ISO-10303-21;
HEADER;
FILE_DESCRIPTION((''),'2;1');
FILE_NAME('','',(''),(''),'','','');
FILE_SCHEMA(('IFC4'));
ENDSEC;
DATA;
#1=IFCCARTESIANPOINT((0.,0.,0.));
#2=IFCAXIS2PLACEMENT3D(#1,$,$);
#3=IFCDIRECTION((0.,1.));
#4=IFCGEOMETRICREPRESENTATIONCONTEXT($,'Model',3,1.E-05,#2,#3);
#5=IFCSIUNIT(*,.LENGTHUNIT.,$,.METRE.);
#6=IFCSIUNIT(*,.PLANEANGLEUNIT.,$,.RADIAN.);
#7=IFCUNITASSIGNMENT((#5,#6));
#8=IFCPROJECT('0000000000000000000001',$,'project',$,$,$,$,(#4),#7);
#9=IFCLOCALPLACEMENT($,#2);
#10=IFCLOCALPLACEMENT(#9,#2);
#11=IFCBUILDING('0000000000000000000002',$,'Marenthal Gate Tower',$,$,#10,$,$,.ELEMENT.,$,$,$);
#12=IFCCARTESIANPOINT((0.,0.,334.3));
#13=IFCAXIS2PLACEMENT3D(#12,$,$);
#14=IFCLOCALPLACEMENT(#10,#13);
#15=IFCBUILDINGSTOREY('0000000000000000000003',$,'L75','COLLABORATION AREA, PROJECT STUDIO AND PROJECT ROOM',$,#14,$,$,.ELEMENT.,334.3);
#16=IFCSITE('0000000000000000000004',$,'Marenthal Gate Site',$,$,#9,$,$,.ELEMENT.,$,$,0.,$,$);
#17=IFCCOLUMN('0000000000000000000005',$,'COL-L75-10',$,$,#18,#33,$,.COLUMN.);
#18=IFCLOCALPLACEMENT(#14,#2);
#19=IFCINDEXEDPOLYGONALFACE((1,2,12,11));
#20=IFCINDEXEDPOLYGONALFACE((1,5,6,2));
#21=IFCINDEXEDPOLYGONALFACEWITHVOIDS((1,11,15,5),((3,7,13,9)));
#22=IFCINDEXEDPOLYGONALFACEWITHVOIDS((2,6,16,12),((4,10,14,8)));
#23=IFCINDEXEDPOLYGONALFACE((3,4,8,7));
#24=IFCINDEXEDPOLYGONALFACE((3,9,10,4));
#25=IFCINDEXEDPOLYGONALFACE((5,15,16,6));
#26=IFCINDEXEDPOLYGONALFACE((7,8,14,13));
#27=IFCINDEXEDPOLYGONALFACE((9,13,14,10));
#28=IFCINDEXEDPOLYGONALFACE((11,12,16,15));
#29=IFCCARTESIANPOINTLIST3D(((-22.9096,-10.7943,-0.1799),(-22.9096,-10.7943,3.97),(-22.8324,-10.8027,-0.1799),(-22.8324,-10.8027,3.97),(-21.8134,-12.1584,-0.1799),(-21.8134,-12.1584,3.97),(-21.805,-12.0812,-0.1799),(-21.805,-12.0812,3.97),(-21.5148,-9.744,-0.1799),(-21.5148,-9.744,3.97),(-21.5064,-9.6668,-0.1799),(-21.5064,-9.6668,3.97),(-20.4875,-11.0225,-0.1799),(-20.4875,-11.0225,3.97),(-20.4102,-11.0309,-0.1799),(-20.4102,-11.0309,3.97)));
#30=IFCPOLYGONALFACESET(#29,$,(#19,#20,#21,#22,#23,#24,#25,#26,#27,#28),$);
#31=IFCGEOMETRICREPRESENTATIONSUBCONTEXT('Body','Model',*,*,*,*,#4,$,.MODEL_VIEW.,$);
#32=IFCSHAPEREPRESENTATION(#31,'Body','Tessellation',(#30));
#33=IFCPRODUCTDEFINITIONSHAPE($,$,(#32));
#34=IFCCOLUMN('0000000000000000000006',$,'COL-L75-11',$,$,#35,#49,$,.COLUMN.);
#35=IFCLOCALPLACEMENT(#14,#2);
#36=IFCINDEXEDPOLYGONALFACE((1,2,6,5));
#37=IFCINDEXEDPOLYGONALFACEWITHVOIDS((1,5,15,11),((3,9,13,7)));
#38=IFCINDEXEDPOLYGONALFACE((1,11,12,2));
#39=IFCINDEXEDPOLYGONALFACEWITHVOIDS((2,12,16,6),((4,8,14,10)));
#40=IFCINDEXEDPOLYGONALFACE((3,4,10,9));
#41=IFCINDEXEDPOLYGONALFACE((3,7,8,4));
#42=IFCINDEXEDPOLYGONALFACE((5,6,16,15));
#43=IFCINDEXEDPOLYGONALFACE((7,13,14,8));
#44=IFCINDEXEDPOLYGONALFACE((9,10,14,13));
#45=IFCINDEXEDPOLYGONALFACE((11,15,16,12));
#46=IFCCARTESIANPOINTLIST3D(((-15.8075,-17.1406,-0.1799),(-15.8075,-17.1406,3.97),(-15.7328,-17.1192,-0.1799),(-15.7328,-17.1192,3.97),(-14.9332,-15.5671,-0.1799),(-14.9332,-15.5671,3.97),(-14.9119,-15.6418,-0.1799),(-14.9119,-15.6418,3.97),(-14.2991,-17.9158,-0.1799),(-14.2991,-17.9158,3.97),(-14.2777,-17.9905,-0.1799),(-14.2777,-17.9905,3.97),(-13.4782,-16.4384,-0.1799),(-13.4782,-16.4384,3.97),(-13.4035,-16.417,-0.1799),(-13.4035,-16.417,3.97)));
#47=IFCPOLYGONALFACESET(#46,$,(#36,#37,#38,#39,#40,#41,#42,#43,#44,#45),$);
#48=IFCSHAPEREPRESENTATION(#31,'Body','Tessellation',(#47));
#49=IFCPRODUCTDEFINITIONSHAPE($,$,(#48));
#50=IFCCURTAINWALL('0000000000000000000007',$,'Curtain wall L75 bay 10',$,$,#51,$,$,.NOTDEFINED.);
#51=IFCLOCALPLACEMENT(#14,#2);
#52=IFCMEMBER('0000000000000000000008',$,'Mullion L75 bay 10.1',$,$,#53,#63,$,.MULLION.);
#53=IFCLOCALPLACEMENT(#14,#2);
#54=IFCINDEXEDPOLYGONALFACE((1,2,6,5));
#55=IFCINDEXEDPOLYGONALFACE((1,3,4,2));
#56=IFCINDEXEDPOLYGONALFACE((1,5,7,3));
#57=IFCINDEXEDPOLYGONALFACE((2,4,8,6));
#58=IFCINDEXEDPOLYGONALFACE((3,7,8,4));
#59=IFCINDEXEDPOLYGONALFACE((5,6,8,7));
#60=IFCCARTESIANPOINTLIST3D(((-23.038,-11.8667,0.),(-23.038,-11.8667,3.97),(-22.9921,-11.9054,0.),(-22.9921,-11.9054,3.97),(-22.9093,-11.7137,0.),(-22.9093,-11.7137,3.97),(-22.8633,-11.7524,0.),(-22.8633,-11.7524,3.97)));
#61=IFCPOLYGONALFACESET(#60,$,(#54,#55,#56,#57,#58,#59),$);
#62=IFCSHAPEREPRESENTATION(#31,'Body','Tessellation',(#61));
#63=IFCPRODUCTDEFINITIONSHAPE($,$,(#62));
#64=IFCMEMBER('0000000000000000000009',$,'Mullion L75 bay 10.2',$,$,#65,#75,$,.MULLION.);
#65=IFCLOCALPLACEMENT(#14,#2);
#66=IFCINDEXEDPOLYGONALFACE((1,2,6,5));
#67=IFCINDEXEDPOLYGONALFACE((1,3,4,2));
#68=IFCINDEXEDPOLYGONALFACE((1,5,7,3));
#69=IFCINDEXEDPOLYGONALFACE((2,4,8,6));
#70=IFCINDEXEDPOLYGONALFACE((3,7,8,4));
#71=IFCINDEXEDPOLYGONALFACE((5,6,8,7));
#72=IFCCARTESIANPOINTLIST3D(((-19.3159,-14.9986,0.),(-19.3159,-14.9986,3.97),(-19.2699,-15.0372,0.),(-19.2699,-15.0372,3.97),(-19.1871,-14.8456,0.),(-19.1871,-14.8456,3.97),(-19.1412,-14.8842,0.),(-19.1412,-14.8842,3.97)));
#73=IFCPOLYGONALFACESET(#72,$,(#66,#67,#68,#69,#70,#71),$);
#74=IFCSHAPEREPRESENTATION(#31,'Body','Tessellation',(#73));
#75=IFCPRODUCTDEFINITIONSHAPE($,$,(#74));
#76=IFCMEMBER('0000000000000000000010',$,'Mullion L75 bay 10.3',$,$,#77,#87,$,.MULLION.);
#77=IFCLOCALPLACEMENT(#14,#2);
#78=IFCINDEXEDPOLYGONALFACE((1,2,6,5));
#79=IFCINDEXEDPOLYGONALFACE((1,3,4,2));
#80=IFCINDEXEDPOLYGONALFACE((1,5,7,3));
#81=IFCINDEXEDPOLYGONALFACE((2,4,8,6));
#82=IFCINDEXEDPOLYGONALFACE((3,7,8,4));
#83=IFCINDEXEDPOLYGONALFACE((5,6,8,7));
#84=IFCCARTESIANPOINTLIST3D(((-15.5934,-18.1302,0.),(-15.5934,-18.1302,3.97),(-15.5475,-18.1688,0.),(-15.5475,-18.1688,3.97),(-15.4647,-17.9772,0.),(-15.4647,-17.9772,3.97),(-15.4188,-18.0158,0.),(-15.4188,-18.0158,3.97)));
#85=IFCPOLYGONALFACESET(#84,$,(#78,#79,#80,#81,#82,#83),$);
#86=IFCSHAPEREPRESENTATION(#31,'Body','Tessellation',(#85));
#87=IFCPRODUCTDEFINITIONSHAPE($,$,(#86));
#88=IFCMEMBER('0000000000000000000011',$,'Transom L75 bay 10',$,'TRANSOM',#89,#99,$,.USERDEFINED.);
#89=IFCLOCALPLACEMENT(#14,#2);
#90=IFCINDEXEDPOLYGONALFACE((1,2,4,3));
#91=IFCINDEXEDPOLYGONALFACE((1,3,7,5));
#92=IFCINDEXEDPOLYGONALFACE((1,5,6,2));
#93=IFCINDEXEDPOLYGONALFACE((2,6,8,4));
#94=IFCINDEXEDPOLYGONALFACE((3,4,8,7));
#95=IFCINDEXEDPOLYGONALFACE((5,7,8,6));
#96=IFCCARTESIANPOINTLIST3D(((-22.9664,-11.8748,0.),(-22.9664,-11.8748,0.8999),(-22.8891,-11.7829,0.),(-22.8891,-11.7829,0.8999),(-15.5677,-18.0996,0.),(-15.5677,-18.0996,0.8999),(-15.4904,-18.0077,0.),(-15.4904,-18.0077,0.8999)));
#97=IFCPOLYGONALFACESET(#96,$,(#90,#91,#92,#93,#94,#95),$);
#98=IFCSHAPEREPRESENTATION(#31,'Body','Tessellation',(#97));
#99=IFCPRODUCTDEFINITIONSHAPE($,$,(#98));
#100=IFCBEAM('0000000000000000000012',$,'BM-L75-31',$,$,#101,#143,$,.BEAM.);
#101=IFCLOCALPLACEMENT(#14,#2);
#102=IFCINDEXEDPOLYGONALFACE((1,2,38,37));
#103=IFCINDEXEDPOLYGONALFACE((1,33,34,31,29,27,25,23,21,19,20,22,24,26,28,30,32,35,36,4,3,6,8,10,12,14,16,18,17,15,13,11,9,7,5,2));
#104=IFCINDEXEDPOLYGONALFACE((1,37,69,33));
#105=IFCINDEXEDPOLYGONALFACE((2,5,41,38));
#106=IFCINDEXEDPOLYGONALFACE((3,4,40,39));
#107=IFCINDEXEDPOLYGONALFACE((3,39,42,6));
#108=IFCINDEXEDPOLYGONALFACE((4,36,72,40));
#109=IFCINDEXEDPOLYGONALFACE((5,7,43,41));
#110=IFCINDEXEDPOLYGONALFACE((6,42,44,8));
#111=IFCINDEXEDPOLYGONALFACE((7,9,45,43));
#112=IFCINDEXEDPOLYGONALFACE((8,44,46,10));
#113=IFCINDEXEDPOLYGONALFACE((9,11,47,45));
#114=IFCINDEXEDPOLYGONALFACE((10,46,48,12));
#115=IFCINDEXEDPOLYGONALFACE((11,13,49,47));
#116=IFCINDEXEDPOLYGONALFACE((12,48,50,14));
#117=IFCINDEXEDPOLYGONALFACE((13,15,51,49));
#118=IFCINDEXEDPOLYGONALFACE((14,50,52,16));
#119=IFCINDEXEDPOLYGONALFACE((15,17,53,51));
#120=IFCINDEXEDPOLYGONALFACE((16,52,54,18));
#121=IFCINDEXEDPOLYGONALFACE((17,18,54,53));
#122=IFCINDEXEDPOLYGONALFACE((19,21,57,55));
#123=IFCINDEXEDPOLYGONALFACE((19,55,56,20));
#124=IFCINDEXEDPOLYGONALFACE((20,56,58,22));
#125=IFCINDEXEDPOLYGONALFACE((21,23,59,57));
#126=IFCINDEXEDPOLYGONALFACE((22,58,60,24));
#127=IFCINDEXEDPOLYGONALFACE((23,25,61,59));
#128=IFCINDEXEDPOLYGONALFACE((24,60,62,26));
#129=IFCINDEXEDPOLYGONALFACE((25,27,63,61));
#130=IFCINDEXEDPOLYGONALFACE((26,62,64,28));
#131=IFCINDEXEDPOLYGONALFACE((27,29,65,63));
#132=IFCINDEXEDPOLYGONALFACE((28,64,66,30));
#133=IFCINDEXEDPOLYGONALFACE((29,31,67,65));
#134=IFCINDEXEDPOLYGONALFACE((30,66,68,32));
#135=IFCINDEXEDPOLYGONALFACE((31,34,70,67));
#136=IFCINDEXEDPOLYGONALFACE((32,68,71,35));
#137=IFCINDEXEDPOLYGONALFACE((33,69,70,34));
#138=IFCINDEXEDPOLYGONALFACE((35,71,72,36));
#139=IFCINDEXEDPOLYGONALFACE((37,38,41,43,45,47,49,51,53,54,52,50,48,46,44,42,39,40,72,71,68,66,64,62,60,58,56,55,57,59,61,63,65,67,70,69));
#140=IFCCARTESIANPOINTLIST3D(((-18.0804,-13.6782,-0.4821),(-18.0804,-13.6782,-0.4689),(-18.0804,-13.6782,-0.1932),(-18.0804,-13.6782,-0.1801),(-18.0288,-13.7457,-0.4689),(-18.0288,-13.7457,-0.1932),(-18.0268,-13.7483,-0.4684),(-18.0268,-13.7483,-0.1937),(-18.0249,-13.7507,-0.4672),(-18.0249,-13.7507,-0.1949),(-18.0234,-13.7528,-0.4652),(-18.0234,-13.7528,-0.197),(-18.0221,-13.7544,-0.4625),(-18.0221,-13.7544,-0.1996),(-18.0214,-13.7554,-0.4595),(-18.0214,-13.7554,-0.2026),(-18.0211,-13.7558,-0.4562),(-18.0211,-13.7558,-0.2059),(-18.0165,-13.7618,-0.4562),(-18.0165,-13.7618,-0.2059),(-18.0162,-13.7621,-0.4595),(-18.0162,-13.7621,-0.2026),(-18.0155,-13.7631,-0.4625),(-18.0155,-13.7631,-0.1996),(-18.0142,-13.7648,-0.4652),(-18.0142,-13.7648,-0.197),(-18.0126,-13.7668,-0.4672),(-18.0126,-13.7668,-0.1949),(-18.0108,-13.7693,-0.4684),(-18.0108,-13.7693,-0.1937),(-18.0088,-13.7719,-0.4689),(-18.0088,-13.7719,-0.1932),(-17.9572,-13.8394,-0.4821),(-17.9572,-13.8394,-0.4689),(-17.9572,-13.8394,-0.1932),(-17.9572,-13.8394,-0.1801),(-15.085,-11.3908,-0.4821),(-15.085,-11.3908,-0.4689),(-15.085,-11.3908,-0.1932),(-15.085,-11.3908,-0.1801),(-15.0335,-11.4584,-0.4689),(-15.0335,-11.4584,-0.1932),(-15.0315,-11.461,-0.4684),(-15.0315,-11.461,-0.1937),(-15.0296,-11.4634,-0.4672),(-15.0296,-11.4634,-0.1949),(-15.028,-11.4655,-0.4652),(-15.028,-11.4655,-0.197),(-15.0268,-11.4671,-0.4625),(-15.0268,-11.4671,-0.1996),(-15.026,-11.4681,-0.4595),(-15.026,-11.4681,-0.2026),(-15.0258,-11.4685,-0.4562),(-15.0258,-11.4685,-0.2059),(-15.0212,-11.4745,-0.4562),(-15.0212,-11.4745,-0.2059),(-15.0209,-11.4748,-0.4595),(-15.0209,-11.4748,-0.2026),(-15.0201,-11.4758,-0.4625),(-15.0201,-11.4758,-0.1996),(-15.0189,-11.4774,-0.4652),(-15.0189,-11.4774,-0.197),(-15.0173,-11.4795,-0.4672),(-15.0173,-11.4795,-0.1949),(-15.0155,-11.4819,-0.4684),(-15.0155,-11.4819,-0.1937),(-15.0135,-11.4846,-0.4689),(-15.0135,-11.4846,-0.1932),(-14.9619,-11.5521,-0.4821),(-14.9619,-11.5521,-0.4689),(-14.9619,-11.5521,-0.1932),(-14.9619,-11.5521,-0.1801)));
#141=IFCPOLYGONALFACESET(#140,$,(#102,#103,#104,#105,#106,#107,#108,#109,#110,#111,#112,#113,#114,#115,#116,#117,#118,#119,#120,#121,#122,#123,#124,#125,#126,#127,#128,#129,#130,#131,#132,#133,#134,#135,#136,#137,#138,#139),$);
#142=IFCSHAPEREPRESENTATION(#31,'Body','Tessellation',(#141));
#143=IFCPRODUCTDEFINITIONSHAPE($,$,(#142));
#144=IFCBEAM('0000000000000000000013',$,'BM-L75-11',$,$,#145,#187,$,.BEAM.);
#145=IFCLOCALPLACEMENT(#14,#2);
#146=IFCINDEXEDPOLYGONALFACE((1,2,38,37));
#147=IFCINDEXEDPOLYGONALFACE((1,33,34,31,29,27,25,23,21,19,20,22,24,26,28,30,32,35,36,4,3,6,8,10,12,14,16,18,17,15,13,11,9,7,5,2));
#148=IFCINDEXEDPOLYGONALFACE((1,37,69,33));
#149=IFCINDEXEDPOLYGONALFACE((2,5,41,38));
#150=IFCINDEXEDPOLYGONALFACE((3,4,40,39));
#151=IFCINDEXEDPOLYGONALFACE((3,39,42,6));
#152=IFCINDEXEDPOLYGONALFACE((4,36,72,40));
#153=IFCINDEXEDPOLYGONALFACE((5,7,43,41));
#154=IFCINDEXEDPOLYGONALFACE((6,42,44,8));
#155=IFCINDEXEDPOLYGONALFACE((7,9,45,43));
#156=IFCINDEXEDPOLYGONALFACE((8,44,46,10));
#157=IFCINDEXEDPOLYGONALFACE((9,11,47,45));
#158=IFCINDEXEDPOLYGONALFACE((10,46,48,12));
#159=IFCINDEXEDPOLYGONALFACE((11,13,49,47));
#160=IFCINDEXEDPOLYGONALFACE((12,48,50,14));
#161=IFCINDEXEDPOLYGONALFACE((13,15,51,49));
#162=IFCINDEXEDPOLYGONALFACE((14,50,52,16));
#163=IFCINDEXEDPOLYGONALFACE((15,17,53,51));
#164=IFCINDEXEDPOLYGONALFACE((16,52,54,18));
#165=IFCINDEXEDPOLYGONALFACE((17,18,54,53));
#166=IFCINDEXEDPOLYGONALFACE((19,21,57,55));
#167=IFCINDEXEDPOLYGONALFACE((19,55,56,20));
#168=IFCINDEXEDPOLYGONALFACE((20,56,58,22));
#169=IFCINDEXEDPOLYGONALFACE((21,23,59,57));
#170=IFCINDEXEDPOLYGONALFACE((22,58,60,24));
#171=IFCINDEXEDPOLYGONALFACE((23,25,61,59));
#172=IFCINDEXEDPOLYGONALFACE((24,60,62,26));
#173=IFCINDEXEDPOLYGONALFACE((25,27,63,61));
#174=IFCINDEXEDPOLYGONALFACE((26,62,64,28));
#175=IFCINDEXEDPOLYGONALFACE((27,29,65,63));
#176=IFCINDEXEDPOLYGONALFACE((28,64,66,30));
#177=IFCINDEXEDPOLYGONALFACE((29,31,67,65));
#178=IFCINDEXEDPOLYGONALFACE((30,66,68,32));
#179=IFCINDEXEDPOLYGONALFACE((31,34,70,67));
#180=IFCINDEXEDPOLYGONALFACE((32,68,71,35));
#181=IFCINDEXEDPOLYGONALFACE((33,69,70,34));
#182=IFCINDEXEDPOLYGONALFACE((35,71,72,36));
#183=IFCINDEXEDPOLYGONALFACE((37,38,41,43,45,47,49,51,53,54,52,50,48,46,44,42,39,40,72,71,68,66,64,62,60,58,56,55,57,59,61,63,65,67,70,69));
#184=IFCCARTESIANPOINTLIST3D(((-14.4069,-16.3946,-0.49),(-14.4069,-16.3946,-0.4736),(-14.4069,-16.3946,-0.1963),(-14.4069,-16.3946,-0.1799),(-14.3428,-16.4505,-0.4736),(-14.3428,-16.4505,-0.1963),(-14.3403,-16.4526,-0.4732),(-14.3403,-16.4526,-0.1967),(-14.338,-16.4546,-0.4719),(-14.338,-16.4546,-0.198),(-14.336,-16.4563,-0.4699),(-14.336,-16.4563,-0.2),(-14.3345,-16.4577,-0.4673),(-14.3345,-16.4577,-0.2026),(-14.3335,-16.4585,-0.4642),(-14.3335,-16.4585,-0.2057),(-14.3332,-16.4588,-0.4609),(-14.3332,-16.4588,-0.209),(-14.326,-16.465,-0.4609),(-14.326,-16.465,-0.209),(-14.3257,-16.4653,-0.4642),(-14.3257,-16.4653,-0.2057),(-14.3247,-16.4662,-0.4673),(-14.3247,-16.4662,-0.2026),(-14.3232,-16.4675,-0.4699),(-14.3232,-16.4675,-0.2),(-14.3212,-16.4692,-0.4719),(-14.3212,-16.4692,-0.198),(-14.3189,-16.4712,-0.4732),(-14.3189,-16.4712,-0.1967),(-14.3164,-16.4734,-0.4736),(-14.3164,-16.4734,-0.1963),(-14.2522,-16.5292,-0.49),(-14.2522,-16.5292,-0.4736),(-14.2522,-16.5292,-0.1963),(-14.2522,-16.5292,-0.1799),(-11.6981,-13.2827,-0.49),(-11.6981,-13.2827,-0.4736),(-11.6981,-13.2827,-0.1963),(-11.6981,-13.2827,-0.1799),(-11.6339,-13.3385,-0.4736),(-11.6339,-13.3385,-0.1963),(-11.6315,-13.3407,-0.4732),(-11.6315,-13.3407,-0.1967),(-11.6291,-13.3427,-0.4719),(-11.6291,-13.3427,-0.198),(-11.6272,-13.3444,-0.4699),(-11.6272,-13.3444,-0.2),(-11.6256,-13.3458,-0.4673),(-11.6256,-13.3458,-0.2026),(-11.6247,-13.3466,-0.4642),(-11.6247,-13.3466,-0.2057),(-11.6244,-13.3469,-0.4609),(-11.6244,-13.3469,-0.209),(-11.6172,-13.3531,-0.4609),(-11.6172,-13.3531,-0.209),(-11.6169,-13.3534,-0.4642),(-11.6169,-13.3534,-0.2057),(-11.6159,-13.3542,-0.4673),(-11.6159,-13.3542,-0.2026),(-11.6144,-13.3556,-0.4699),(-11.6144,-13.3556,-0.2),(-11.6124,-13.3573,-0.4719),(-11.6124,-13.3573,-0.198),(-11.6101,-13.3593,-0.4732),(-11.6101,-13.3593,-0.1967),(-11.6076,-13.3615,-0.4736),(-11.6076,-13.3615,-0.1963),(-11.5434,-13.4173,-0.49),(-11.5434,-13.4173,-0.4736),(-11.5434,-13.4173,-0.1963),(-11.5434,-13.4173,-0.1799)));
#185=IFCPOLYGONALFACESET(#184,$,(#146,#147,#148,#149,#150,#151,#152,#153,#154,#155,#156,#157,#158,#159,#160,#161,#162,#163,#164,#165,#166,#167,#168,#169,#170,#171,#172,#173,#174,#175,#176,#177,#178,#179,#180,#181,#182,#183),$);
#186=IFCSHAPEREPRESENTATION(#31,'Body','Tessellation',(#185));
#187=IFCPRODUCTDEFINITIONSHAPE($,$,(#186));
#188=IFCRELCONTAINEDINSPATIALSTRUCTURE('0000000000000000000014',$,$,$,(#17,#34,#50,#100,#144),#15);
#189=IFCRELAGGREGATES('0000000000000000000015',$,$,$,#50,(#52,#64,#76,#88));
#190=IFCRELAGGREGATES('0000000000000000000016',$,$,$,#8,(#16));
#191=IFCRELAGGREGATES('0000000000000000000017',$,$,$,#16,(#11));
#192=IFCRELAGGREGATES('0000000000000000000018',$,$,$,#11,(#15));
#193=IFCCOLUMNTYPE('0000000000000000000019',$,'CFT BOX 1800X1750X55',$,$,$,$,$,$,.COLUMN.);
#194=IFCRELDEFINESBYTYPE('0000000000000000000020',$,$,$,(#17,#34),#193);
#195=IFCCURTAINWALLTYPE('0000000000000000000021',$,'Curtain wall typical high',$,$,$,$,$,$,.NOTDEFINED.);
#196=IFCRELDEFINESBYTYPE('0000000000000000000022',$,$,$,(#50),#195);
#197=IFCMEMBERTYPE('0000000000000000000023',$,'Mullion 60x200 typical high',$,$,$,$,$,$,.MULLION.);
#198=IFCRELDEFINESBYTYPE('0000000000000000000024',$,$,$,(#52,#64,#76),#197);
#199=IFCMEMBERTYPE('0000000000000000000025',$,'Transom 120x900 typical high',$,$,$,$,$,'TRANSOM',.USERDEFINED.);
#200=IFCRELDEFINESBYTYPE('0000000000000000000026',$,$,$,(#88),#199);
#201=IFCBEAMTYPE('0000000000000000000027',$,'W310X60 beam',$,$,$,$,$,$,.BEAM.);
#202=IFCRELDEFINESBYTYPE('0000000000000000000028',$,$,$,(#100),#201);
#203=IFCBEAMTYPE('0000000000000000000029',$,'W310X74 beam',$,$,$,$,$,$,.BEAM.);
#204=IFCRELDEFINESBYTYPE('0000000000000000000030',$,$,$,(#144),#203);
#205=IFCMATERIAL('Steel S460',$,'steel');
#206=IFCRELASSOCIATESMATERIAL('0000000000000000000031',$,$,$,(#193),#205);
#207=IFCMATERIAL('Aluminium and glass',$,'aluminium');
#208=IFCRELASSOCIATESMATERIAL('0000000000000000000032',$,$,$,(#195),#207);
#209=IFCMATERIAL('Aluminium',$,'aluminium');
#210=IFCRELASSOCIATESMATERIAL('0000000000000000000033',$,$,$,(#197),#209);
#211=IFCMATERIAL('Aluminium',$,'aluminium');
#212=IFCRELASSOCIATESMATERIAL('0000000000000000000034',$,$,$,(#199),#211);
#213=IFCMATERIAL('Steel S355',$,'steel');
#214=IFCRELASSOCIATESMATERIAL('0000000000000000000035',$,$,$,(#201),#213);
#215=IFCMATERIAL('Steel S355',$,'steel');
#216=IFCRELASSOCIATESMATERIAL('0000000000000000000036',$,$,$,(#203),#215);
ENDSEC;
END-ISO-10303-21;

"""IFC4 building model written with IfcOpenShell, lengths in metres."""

from ifc_helpers import new_model, si_unit, direction, frame, origin, origin_2d, place, context, subcontext, project, spatial, rectangle, hollow_rectangle, i_section, extrude, material, material_profile, profile_set, type_object, element, aggregate, save


model = new_model("IFC4")

# Units and contexts
model_context = context("Model", 3, precision=1e-05, world=origin(), true_north=direction((0.0, 1.0)))
body_context = subcontext(model_context, "Body", "Model", "MODEL_VIEW")
ifc_project = project(units=[si_unit("LENGTHUNIT", "METRE"), si_unit("PLANEANGLEUNIT", "RADIAN")], contexts=[model_context])

# Site, building, storey
site_placement = place(None, origin())
site = spatial("IfcSite", under=ifc_project, at=site_placement, Name="Marenthal Gate Site", CompositionType="ELEMENT", RefElevation=0.0)
building_placement = place(site_placement, origin())
building = spatial("IfcBuilding", under=site, at=building_placement, Name="Marenthal Gate Tower", CompositionType="ELEMENT")
storey_placement = place(building_placement, frame((0.0, 0.0, 334.3)))
storey = spatial("IfcBuildingStorey", under=building, at=storey_placement, Name="L75", Description="COLLABORATION AREA, PROJECT STUDIO AND PROJECT ROOM", CompositionType="ELEMENT", Elevation=334.3)

# Columns
ifc_material_1 = material(Name="Steel S460", Category="steel")
ifc_material_profile_1 = material_profile(ifc_material_1, hollow_rectangle(XDim=1.75, YDim=1.8, WallThickness=0.0549, at=origin_2d()), Name="CFT BOX 1800X1750X55")
ifc_material_2 = material(Name="Concrete 70 MPa", Category="concrete")
ifc_material_profile_2 = material_profile(ifc_material_2, rectangle(XDim=1.6399, YDim=1.6899, at=origin_2d()), Name="CFT BOX 1800X1750X55 INFILL")
ifc_profile_set_1 = profile_set([ifc_material_profile_1, ifc_material_profile_2], Name="Steel S460 shell, Concrete 70 MPa infill")
column_type = type_object("IfcColumnType", Name="CFT BOX 1800X1750X55", PredefinedType="COLUMN", material=ifc_profile_set_1)
for number, where, z_axis, x_axis, name in (
    (1, (-21.6599, -10.9126, -0.1799), (0.0, 0.0, 1.0), (-0.626371, 0.779525, 0.0), "COL-L75-10"),
    (2, (-14.6055, -16.7788, -0.1799), (0.0, 0.0, 1.0), (-0.874131, 0.48569, 0.0), "COL-L75-11"),
):
    element("IfcColumn", number, at=place(storey_placement, frame(where, z_axis=z_axis, x_axis=x_axis)), inside=storey, type_object=column_type, Name=name, PredefinedType="COLUMN", context=body_context, shape_type="SweptSolid", body=[
        extrude(hollow_rectangle(XDim=1.75, YDim=1.8, WallThickness=0.0549, at=origin_2d()), origin(), (0.0, 0.0, 1.0), 4.1499),
    ])

# Curtain wall, members
ifc_material_3 = material(Name="Aluminium and glass", Category="aluminium")
curtain_wall_type = type_object("IfcCurtainWallType", Name="Curtain wall typical high", PredefinedType="NOTDEFINED", material=ifc_material_3)
curtain_wall_placement = place(storey_placement, origin())
curtain_wall = element("IfcCurtainWall", 3, at=curtain_wall_placement, inside=storey, type_object=curtain_wall_type, Name="Curtain wall L75 bay 10", PredefinedType="NOTDEFINED")
ifc_material_4 = material(Name="Aluminium", Category="aluminium")
ifc_material_profile_3 = material_profile(ifc_material_4, rectangle(XDim=0.2, YDim=0.0601, at=origin_2d()), Name="60x200 aluminium mullion")
ifc_profile_set_2 = profile_set([ifc_material_profile_3], Name="Aluminium")
member_type_1 = type_object("IfcMemberType", Name="Mullion 60x200 typical high", PredefinedType="MULLION", material=ifc_profile_set_2)
member_1_placement = place(storey_placement, frame((-22.9507, -11.8096, 0.0), z_axis=(0.0, 0.0, 1.0), x_axis=(0.643801, 0.765193, 0.0)))
member_1 = element("IfcMember", 4, at=member_1_placement, type_object=member_type_1, Name="Mullion L75 bay 10.1", PredefinedType="MULLION", context=body_context, shape_type="SweptSolid", body=[
    extrude(rectangle(XDim=0.2, YDim=0.0601, at=origin_2d()), origin(), (0.0, 0.0, 1.0), 3.97),
])
member_2_placement = place(storey_placement, frame((-19.2285, -14.9414, 0.0), z_axis=(0.0, 0.0, 1.0), x_axis=(0.643801, 0.765193, 0.0)))
member_2 = element("IfcMember", 5, at=member_2_placement, type_object=member_type_1, Name="Mullion L75 bay 10.2", PredefinedType="MULLION", context=body_context, shape_type="SweptSolid", body=[
    extrude(rectangle(XDim=0.2, YDim=0.0601, at=origin_2d()), origin(), (0.0, 0.0, 1.0), 3.97),
])
member_3_placement = place(storey_placement, frame((-15.5061, -18.073, 0.0), z_axis=(0.0, 0.0, 1.0), x_axis=(0.643801, 0.765193, 0.0)))
member_3 = element("IfcMember", 6, at=member_3_placement, type_object=member_type_1, Name="Mullion L75 bay 10.3", PredefinedType="MULLION", context=body_context, shape_type="SweptSolid", body=[
    extrude(rectangle(XDim=0.2, YDim=0.0601, at=origin_2d()), origin(), (0.0, 0.0, 1.0), 3.97),
])
ifc_material_5 = material(Name="Aluminium", Category="aluminium")
ifc_material_profile_4 = material_profile(ifc_material_5, rectangle(XDim=0.1201, YDim=0.8999, at=origin_2d()), Name="120x900 aluminium transom")
ifc_profile_set_3 = profile_set([ifc_material_profile_4], Name="Aluminium")
member_type_2 = type_object("IfcMemberType", Name="Transom 120x900 typical high", ElementType="TRANSOM", PredefinedType="USERDEFINED", material=ifc_profile_set_3)
member_4_placement = place(storey_placement, frame((-22.9277, -11.8289, 0.45), z_axis=(0.765197, -0.643796, 0.0), x_axis=(0.643796, 0.765197, 0.0)))
member_4 = element("IfcMember", 7, at=member_4_placement, type_object=member_type_2, Name="Transom L75 bay 10", ObjectType="TRANSOM", PredefinedType="USERDEFINED", context=body_context, shape_type="SweptSolid", body=[
    extrude(rectangle(XDim=0.1201, YDim=0.8999, at=origin_2d()), origin(), (0.0, 0.0, 1.0), 9.6689),
])

# Beams
ifc_material_6 = material(Name="Steel S355", Category="steel")
ifc_material_profile_5 = material_profile(ifc_material_6, i_section(OverallWidth=0.2029, OverallDepth=0.302, WebThickness=0.0076, FlangeThickness=0.0132, FilletRadius=0.0127, at=origin_2d()), Name="W310X60")
ifc_profile_set_4 = profile_set([ifc_material_profile_5], Name="Steel S355")
beam_type_1 = type_object("IfcBeamType", Name="W310X60 beam", PredefinedType="BEAM", material=ifc_profile_set_4)
beam_1_placement = place(storey_placement, frame((-18.0188, -13.7588, -0.3311), z_axis=(0.79477, 0.606911, 0.0), x_axis=(-0.606911, 0.79477, 0.0)))
element("IfcBeam", 8, at=beam_1_placement, inside=storey, type_object=beam_type_1, Name="BM-L75-31", PredefinedType="BEAM", context=body_context, shape_type="SweptSolid", body=[
    extrude(i_section(OverallWidth=0.2029, OverallDepth=0.302, WebThickness=0.0076, FlangeThickness=0.0132, FilletRadius=0.0127, at=origin_2d()), origin(), (0.0, 0.0, 1.0), 3.7688),
])
ifc_material_7 = material(Name="Steel S355", Category="steel")
ifc_material_profile_6 = material_profile(ifc_material_7, i_section(OverallWidth=0.2051, OverallDepth=0.3101, WebThickness=0.0095, FlangeThickness=0.0164, FilletRadius=0.0127, at=origin_2d()), Name="W310X74")
ifc_profile_set_5 = profile_set([ifc_material_profile_6], Name="Steel S355")
beam_type_2 = type_object("IfcBeamType", Name="W310X74 beam", PredefinedType="BEAM", material=ifc_profile_set_5)
beam_2_placement = place(storey_placement, frame((-14.3296, -16.4619, -0.335), z_axis=(0.656567, 0.754268, 0.0), x_axis=(-0.754268, 0.656567, 0.0)))
element("IfcBeam", 9, at=beam_2_placement, inside=storey, type_object=beam_type_2, Name="BM-L75-11", PredefinedType="BEAM", context=body_context, shape_type="SweptSolid", body=[
    extrude(i_section(OverallWidth=0.2051, OverallDepth=0.3101, WebThickness=0.0095, FlangeThickness=0.0164, FilletRadius=0.0127, at=origin_2d()), origin(), (0.0, 0.0, 1.0), 4.1257),
])

aggregate(curtain_wall, [member_1, member_2, member_3, member_4])

save(model, "model.ifc")
